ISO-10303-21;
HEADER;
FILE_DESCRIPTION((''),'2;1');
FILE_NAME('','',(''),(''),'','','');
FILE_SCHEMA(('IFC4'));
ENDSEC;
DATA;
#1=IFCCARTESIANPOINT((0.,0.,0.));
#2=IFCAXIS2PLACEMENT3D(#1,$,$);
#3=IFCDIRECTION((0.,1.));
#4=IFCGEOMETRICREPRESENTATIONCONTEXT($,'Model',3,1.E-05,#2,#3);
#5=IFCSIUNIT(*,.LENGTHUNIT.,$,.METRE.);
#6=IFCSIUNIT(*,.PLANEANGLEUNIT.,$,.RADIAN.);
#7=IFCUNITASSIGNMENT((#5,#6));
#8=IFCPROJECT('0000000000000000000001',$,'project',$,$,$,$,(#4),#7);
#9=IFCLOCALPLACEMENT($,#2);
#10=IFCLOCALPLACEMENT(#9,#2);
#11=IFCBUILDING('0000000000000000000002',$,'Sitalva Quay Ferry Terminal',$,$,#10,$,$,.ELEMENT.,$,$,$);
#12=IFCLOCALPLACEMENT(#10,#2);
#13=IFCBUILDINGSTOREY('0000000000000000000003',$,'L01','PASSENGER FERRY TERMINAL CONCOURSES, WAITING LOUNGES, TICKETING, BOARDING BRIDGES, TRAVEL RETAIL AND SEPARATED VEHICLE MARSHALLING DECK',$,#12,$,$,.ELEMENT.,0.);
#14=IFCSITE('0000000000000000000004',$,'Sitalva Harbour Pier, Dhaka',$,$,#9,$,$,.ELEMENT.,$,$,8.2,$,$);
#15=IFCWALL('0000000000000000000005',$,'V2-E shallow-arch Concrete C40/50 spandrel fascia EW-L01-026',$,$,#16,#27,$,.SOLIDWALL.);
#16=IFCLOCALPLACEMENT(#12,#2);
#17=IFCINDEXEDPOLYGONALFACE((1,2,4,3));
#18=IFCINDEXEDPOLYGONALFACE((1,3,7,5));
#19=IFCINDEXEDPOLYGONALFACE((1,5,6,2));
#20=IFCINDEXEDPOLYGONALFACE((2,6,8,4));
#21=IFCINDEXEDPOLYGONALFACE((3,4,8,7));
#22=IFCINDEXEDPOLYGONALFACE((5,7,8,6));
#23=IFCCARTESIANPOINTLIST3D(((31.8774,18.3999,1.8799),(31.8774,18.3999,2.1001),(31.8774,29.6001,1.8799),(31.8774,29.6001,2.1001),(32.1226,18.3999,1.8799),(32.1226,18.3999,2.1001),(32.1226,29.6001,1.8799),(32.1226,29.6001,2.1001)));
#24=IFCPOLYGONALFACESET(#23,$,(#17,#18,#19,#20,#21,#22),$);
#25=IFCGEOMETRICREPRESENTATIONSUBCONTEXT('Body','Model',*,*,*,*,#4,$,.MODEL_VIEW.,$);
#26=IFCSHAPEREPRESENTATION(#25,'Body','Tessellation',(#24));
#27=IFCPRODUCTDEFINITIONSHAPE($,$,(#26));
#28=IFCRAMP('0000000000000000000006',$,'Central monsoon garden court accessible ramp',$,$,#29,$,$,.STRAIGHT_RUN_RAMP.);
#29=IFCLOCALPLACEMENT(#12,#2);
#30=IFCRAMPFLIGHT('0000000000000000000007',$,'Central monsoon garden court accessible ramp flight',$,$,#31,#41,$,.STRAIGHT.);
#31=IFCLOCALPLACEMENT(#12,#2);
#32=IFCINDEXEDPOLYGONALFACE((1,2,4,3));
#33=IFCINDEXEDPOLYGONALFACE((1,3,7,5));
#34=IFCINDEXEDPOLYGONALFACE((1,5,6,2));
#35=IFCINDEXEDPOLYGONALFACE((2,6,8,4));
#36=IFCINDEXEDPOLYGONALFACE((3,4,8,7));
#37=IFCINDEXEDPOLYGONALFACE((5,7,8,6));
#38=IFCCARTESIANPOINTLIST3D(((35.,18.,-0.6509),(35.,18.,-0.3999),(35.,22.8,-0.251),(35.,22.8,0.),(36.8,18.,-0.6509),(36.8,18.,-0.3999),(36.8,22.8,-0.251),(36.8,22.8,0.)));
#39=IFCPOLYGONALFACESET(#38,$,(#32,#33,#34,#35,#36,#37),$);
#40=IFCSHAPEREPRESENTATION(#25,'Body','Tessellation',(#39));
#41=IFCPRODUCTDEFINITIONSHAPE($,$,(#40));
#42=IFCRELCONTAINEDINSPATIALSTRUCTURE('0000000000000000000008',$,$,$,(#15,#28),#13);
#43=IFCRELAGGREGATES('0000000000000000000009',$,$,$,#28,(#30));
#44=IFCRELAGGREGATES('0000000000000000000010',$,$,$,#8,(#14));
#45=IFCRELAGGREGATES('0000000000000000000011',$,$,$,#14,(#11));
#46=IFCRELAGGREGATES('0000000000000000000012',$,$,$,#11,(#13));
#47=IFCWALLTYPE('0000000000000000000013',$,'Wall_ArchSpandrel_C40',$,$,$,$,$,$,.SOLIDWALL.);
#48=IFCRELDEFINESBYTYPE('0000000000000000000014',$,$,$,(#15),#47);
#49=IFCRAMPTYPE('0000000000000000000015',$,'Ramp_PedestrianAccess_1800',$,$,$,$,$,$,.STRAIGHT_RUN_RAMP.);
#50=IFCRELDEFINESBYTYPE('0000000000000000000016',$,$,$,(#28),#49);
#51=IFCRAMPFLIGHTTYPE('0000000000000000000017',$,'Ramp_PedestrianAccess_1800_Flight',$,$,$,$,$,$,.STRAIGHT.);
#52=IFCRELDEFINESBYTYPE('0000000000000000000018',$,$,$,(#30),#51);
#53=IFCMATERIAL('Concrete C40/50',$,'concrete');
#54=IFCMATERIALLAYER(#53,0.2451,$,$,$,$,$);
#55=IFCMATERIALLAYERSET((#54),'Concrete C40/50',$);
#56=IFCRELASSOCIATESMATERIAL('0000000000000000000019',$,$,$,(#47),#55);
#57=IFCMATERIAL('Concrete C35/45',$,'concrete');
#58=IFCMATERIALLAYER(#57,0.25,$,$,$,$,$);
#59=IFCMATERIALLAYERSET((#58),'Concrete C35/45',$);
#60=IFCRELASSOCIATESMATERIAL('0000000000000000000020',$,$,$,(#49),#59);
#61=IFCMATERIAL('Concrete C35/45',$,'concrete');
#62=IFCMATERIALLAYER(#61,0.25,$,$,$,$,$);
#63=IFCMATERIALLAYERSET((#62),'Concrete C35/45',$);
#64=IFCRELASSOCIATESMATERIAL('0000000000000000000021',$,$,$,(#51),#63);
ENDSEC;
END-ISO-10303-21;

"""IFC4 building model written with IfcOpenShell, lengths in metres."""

from ifc_helpers import new_model, si_unit, direction, frame, frame_2d, origin, place, context, subcontext, project, spatial, polyline, rectangle, outline, extrude, material, layer, layer_set, type_object, element, aggregate, save


model = new_model("IFC4")

# Units and contexts
model_context = context("Model", 3, precision=1e-05, world=origin(), true_north=direction((0.0, 1.0)))
body_context = subcontext(model_context, "Body", "Model", "MODEL_VIEW")
ifc_project = project(units=[si_unit("LENGTHUNIT", "METRE"), si_unit("PLANEANGLEUNIT", "RADIAN")], contexts=[model_context])

# Site, building, storey
site_placement = place(None, origin())
site = spatial("IfcSite", under=ifc_project, at=site_placement, Name="Sitalva Harbour Pier, Dhaka", CompositionType="ELEMENT", RefElevation=8.2)
building_placement = place(site_placement, origin())
building = spatial("IfcBuilding", under=site, at=building_placement, Name="Sitalva Quay Ferry Terminal", CompositionType="ELEMENT")
storey_placement = place(building_placement, origin())
storey = spatial("IfcBuildingStorey", under=building, at=storey_placement, Name="L01", Description="PASSENGER FERRY TERMINAL CONCOURSES, WAITING LOUNGES, TICKETING, BOARDING BRIDGES, TRAVEL RETAIL AND SEPARATED VEHICLE MARSHALLING DECK", CompositionType="ELEMENT", Elevation=0.0)

# Wall
ifc_material_1 = material(Name="Concrete C40/50", Category="concrete")
ifc_layer_1 = layer(ifc_material_1, 0.2451)
ifc_layer_set_1 = layer_set([ifc_layer_1], Name="Concrete C40/50")
wall_type_1 = type_object("IfcWallType", Name="Wall_ArchSpandrel_C40", PredefinedType="SOLIDWALL", material=ifc_layer_set_1)
wall_placement = place(storey_placement, frame((32.0, 18.3999, 1.8799), z_axis=(0.0, 0.0, 1.0), x_axis=(0.0, 1.0, 0.0)))
element("IfcWall", 1, at=wall_placement, inside=storey, type_object=wall_type_1, Name="V2-E shallow-arch Concrete C40/50 spandrel fascia EW-L01-026", PredefinedType="SOLIDWALL", context=body_context, shape_type="SweptSolid", body=[
    extrude(rectangle(XDim=11.2002, YDim=0.2451, at=frame_2d((5.6001, 0.0))), origin(), (0.0, 0.0, 1.0), 0.2202),
])

# Ramp, ramp flight
ifc_material_2 = material(Name="Concrete C35/45", Category="concrete")
ifc_layer_2 = layer(ifc_material_2, 0.25)
ifc_layer_set_2 = layer_set([ifc_layer_2], Name="Concrete C35/45")
ramp_type = type_object("IfcRampType", Name="Ramp_PedestrianAccess_1800", PredefinedType="STRAIGHT_RUN_RAMP", material=ifc_layer_set_2)
ramp_placement = place(storey_placement, origin())
ramp = element("IfcRamp", 2, at=ramp_placement, inside=storey, type_object=ramp_type, Name="Central monsoon garden court accessible ramp", PredefinedType="STRAIGHT_RUN_RAMP")
ifc_material_3 = material(Name="Concrete C35/45", Category="concrete")
ifc_layer_3 = layer(ifc_material_3, 0.25)
ifc_layer_set_3 = layer_set([ifc_layer_3], Name="Concrete C35/45")
ramp_flight_type = type_object("IfcRampFlightType", Name="Ramp_PedestrianAccess_1800_Flight", PredefinedType="STRAIGHT", material=ifc_layer_set_3)
ramp_flight_placement = place(storey_placement, frame((35.0, 18.0, -0.3999), z_axis=(0.0, -0.083025, 0.996548), x_axis=(1.0, 0.0, 0.0)))
ramp_flight = element("IfcRampFlight", 3, at=ramp_flight_placement, type_object=ramp_flight_type, Name="Central monsoon garden court accessible ramp flight", PredefinedType="STRAIGHT", context=body_context, shape_type="SweptSolid", body=[
    extrude(outline(polyline([(0.0, 0.0), (1.8, 0.0), (1.8, 4.8167), (0.0, 4.8167), (0.0, 0.0)])), origin(), (0.0, -0.083025, -0.996548), 0.251),
])
aggregate(ramp, [ramp_flight])

save(model, "model.ifc")
